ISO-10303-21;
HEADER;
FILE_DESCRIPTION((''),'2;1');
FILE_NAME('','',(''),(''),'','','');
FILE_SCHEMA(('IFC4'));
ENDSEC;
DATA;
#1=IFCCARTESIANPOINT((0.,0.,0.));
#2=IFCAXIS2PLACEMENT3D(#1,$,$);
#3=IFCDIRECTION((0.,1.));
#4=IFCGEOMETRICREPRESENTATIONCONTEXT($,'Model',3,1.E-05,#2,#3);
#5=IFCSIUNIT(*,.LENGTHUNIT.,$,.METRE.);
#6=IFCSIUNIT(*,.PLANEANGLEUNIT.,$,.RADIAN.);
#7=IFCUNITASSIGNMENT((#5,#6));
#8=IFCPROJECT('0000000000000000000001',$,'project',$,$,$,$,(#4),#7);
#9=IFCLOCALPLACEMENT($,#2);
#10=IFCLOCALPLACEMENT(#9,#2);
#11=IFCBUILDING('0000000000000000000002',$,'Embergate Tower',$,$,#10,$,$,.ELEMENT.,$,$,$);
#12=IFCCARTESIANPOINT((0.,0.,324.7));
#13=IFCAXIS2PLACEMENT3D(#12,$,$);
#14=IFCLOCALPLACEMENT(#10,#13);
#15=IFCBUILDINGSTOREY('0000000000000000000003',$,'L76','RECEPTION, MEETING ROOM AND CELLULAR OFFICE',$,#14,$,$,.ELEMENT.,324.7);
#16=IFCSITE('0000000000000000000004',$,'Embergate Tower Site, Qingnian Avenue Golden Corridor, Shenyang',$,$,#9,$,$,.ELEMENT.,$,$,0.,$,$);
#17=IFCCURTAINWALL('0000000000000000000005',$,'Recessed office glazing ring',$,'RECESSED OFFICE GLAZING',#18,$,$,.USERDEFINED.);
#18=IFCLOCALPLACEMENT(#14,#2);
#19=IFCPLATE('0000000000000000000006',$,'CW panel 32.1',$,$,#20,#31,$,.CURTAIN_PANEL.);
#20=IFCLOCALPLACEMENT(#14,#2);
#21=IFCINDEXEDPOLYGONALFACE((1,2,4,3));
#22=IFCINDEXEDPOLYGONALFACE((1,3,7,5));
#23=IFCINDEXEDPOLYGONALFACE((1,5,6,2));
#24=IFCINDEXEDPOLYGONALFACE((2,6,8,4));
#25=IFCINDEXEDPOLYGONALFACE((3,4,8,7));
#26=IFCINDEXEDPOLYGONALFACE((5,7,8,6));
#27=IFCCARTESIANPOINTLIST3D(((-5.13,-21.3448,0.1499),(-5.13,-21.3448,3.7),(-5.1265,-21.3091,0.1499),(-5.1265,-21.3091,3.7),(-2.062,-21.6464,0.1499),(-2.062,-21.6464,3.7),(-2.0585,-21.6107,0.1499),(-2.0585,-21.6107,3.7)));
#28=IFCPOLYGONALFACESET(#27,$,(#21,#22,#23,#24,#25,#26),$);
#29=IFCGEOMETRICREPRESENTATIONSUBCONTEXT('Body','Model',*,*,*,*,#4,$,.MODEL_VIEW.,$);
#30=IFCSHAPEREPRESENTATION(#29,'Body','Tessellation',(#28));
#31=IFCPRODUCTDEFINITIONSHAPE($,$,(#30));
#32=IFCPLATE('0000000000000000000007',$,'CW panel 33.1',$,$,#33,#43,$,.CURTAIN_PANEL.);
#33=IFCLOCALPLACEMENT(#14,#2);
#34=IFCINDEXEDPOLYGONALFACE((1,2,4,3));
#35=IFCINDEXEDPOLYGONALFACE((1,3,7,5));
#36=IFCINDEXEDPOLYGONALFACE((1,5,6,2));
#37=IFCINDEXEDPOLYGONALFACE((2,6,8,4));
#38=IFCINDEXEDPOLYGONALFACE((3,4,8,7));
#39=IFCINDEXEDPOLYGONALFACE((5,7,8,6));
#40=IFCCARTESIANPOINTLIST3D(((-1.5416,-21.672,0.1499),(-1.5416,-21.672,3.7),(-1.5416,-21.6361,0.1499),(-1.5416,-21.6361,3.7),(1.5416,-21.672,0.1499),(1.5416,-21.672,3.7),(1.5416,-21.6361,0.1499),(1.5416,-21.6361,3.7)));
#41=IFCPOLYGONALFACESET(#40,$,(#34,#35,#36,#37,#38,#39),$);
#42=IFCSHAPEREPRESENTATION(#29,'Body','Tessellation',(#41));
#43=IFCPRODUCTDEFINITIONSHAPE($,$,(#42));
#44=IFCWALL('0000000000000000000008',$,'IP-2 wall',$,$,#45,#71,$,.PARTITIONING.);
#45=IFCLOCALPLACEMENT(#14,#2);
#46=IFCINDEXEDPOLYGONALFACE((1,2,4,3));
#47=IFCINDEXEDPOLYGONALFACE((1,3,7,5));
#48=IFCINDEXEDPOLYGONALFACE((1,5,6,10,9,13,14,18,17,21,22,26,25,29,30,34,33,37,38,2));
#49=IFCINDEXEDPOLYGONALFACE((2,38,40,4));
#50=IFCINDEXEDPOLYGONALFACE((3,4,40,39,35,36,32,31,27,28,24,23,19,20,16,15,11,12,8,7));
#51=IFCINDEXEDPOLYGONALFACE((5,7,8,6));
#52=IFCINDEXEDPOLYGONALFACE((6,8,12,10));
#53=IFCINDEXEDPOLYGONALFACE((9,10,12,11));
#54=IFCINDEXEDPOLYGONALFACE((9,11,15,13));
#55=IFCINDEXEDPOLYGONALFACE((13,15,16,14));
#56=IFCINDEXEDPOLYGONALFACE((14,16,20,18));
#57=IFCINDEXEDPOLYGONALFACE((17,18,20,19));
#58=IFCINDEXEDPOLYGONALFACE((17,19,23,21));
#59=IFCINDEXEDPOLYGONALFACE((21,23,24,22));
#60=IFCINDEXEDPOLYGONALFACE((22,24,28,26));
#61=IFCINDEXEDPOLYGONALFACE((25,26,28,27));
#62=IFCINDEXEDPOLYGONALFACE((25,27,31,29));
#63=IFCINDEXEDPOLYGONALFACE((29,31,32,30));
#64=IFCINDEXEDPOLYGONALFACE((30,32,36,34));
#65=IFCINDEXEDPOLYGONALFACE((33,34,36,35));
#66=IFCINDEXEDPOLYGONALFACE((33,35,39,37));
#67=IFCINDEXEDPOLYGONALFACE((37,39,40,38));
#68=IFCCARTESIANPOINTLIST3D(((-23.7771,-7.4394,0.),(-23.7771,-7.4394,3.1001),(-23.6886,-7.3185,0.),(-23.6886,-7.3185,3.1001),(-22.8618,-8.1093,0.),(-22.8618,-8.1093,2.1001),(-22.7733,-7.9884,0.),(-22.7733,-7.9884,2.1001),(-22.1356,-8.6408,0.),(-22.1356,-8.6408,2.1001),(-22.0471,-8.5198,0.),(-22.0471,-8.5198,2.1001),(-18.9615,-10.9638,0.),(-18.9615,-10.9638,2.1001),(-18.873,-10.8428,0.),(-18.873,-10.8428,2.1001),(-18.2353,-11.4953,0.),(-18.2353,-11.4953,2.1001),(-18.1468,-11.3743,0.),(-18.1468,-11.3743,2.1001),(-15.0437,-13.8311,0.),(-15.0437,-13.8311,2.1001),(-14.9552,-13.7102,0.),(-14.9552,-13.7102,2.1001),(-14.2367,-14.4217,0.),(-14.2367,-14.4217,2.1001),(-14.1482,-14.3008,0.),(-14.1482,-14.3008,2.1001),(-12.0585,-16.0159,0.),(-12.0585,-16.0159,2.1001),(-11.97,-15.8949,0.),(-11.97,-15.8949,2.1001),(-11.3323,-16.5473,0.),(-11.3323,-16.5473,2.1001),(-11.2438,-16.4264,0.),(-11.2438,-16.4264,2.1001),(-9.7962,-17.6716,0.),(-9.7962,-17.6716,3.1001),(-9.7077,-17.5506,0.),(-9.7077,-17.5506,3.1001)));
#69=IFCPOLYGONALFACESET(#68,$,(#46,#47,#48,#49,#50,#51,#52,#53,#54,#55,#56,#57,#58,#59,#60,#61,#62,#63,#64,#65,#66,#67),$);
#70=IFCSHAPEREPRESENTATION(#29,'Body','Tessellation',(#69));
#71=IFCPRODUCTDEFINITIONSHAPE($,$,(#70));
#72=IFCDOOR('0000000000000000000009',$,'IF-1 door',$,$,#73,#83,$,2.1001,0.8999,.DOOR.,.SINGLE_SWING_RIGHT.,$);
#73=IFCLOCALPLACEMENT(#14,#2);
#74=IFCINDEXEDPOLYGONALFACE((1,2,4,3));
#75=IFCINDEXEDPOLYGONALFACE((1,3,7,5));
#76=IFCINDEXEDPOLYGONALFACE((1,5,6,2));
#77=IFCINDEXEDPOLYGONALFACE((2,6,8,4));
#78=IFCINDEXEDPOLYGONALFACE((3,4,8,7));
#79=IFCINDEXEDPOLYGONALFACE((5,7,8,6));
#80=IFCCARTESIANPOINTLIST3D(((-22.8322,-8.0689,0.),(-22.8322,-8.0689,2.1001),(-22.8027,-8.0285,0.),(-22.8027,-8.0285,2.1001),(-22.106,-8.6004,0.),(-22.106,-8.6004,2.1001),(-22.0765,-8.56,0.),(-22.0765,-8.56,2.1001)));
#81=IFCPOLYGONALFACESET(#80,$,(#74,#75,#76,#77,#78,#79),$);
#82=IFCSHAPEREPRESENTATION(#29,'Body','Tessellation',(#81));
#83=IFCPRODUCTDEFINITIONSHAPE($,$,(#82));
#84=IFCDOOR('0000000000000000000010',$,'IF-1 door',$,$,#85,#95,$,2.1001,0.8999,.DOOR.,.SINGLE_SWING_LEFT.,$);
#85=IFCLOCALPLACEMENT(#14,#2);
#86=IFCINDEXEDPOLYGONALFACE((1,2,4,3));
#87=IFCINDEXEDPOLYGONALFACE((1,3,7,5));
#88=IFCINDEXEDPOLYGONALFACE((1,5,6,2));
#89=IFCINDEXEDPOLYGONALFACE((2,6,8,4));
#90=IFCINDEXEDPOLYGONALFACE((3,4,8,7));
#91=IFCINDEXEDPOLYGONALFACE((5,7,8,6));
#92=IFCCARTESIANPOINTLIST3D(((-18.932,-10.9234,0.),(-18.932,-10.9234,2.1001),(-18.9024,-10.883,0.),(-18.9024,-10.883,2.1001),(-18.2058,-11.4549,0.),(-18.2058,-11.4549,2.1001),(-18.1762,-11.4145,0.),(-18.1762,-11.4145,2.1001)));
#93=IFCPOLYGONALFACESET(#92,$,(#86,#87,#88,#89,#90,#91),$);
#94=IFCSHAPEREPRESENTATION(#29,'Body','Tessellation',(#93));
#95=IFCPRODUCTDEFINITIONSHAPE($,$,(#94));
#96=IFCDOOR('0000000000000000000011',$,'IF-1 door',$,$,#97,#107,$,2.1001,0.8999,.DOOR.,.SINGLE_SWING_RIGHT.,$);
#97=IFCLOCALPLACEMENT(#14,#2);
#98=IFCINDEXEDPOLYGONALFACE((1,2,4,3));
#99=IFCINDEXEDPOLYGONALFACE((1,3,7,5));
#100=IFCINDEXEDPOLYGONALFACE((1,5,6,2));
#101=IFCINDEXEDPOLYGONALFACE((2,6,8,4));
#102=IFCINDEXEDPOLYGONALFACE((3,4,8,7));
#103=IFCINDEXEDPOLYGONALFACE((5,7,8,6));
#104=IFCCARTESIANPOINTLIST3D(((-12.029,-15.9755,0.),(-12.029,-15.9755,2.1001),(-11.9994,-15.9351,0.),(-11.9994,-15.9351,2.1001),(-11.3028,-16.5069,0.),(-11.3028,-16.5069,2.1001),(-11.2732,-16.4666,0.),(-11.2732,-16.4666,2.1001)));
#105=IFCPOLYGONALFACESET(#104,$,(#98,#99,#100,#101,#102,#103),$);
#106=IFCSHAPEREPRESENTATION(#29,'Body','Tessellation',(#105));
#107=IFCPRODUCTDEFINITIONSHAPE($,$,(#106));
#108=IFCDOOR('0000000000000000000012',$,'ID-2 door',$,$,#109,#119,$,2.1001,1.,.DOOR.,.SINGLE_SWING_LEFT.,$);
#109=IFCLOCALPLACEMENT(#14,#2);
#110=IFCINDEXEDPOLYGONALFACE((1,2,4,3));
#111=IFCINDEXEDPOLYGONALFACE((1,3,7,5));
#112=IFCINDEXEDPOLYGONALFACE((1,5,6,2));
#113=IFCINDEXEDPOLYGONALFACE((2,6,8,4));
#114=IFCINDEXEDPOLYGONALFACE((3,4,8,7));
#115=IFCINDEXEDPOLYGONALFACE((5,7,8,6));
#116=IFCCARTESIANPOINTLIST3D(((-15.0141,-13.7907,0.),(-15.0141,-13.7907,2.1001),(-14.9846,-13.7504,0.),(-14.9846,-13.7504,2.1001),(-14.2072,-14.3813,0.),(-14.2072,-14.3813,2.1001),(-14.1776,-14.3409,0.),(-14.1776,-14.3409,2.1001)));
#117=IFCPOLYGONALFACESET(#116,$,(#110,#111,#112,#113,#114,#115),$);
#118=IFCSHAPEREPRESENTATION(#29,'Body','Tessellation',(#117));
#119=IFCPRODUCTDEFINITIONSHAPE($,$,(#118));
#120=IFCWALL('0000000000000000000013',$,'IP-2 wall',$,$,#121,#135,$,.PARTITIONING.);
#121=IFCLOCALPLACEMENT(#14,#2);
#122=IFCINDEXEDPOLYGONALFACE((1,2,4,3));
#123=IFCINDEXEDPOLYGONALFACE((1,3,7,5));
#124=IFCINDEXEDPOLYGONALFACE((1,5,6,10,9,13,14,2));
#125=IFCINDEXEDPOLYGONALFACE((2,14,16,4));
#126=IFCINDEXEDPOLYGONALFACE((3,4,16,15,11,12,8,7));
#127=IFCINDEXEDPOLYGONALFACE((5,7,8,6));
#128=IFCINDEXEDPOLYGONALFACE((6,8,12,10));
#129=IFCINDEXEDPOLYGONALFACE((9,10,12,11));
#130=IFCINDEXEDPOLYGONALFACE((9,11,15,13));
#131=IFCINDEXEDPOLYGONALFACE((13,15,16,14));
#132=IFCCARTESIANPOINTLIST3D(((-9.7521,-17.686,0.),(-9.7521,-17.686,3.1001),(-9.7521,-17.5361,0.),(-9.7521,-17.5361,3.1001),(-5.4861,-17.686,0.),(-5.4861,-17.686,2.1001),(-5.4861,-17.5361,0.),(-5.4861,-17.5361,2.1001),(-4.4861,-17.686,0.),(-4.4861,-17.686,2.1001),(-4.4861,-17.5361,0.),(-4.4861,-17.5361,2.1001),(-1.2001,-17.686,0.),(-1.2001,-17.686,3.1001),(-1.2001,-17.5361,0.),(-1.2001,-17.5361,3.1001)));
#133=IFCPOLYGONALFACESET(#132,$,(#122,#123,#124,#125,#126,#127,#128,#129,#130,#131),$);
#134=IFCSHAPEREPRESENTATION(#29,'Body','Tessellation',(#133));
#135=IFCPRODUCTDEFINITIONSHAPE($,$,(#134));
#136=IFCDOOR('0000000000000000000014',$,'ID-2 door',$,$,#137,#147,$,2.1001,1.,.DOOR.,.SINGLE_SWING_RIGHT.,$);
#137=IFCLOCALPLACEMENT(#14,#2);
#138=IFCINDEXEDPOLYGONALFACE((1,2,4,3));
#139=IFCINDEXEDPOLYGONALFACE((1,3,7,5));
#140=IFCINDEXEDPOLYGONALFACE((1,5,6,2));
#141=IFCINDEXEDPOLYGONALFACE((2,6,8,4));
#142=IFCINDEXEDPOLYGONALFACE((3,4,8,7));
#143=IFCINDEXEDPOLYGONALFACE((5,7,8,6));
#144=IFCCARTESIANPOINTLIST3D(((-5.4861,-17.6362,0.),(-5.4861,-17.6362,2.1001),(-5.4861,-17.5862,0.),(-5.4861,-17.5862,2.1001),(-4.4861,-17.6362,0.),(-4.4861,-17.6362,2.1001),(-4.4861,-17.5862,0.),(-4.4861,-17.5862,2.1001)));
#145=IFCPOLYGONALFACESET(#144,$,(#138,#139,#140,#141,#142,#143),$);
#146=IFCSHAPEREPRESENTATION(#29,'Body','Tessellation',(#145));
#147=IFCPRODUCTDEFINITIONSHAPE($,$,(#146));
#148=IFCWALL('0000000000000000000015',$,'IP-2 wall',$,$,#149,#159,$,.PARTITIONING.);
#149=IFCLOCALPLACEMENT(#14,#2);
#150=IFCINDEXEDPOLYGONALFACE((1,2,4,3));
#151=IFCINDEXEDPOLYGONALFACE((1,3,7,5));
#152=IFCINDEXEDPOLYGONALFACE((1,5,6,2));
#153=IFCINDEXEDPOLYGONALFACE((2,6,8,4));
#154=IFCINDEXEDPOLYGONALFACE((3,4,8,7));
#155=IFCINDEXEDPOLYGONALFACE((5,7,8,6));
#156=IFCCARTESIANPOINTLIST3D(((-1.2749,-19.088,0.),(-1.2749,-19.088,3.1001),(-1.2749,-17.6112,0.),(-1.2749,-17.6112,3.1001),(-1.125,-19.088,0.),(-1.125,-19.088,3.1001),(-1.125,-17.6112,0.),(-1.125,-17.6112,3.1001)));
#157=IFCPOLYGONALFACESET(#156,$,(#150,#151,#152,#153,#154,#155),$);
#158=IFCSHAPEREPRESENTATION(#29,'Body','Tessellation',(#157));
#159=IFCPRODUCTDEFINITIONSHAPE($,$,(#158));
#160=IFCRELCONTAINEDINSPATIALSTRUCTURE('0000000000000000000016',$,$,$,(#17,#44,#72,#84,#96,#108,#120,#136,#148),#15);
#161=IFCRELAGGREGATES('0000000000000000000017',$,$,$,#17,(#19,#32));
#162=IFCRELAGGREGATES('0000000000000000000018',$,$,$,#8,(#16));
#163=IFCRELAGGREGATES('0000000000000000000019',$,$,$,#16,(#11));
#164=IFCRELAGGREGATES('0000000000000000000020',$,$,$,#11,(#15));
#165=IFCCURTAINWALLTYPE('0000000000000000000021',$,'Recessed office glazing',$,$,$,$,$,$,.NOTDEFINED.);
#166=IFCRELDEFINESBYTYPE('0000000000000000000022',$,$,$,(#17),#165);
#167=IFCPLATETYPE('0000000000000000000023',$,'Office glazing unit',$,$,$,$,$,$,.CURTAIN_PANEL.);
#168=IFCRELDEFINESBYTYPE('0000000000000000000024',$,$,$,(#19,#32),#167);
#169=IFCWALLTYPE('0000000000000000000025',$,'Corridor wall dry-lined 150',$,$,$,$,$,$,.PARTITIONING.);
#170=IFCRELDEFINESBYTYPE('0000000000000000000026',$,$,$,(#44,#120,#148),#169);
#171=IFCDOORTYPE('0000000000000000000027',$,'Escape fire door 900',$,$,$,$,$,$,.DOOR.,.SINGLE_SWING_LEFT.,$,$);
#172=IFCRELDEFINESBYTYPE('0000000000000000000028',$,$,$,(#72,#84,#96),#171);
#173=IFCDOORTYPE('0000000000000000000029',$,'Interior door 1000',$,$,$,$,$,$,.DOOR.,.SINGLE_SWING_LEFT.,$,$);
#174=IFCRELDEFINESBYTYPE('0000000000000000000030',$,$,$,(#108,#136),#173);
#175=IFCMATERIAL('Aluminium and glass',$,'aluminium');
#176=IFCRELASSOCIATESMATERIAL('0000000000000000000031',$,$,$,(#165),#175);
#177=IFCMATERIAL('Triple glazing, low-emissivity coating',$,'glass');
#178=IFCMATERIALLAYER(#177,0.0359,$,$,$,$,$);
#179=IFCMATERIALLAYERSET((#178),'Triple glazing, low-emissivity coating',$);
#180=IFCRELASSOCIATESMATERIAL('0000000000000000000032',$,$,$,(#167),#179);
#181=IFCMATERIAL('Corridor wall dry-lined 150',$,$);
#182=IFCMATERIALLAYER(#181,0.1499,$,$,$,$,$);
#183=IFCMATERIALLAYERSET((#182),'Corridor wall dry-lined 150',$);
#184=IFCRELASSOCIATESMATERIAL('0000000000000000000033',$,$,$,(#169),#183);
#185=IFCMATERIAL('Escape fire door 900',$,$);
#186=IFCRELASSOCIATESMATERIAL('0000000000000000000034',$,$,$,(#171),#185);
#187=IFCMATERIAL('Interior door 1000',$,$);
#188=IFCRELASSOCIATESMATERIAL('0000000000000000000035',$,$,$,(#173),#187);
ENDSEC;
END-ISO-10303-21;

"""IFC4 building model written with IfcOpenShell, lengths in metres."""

from ifc_helpers import new_model, si_unit, direction, frame, frame_2d, origin, origin_2d, place, context, subcontext, project, spatial, rectangle, extrude, source, transform, mapped, material, layer, layer_set, type_object, element, fill, aggregate, save


model = new_model("IFC4")

# Units and contexts
model_context = context("Model", 3, precision=1e-05, world=origin(), true_north=direction((0.0, 1.0)))
body_context = subcontext(model_context, "Body", "Model", "MODEL_VIEW")
ifc_project = project(units=[si_unit("LENGTHUNIT", "METRE"), si_unit("PLANEANGLEUNIT", "RADIAN")], contexts=[model_context])

# Site, building, storey
site_placement = place(None, origin())
site = spatial("IfcSite", under=ifc_project, at=site_placement, Name="Embergate Tower Site, Qingnian Avenue Golden Corridor, Shenyang", CompositionType="ELEMENT", RefElevation=0.0)
building_placement = place(site_placement, origin())
building = spatial("IfcBuilding", under=site, at=building_placement, Name="Embergate Tower", CompositionType="ELEMENT")
storey_placement = place(building_placement, frame((0.0, 0.0, 324.7)))
storey = spatial("IfcBuildingStorey", under=building, at=storey_placement, Name="L76", Description="RECEPTION, MEETING ROOM AND CELLULAR OFFICE", CompositionType="ELEMENT", Elevation=324.7)

# Curtain wall
ifc_material_1 = material(Name="Aluminium and glass", Category="aluminium")
curtain_wall_type = type_object("IfcCurtainWallType", Name="Recessed office glazing", PredefinedType="NOTDEFINED", material=ifc_material_1)
curtain_wall_placement = place(storey_placement, origin())
curtain_wall = element("IfcCurtainWall", 1, at=curtain_wall_placement, inside=storey, type_object=curtain_wall_type, Name="Recessed office glazing ring", ObjectType="RECESSED OFFICE GLAZING", PredefinedType="USERDEFINED")

# Plates
ifc_material_2 = material(Name="Triple glazing, low-emissivity coating", Category="glass")
ifc_layer_1 = layer(ifc_material_2, 0.0359)
ifc_layer_set_1 = layer_set([ifc_layer_1], Name="Triple glazing, low-emissivity coating")
plate_type = type_object("IfcPlateType", Name="Office glazing unit", PredefinedType="CURTAIN_PANEL", material=ifc_layer_set_1)
shared_shape_1 = source(origin(), body_context, "Body", "SweptSolid", [
    extrude(rectangle(XDim=3.0828, YDim=0.0359, at=origin_2d()), origin(), (0.0, 0.0, 1.0), 3.55),
])
plate_1_placement = place(storey_placement, frame((-3.5942, -21.4778, 0.1499), z_axis=(0.0, 0.0, 1.0), x_axis=(0.995203, -0.097831, 0.0)))
plate_1 = element("IfcPlate", 2, at=plate_1_placement, type_object=plate_type, Name="CW panel 32.1", PredefinedType="CURTAIN_PANEL", context=body_context, shape_type="MappedRepresentation", body=[
    mapped(shared_shape_1, transform((0.0, 0.0, 0.0))),
])
shared_shape_2 = source(origin(), body_context, "Body", "SweptSolid", [
    extrude(rectangle(XDim=3.0833, YDim=0.0359, at=origin_2d()), origin(), (0.0, 0.0, 1.0), 3.55),
])
plate_2_placement = place(storey_placement, frame((0.0, -21.6541, 0.1499), z_axis=(0.0, 0.0, 1.0), x_axis=(1.0, 0.0, 0.0)))
plate_2 = element("IfcPlate", 3, at=plate_2_placement, type_object=plate_type, Name="CW panel 33.1", PredefinedType="CURTAIN_PANEL", context=body_context, shape_type="MappedRepresentation", body=[
    mapped(shared_shape_2, transform((0.0, 0.0, 0.0))),
])
aggregate(curtain_wall, [plate_1, plate_2])

# Wall, openings, doors
ifc_material_3 = material(Name="Corridor wall dry-lined 150")
ifc_layer_2 = layer(ifc_material_3, 0.1499)
ifc_layer_set_2 = layer_set([ifc_layer_2], Name="Corridor wall dry-lined 150")
wall_type_1 = type_object("IfcWallType", Name="Corridor wall dry-lined 150", PredefinedType="PARTITIONING", material=ifc_layer_set_2)
shared_shape_3 = source(origin(), body_context, "Body", "SweptSolid", [
    extrude(rectangle(XDim=17.3252, YDim=0.1499, at=frame_2d((8.6626, 0.0))), origin(), (0.0, 0.0, 1.0), 3.1001),
])
wall_1_placement = place(storey_placement, frame((-9.752, -17.6111, 0.0), z_axis=(0.0, 0.0, 1.0), x_axis=(-0.80697, 0.590593, 0.0)))
wall_1 = element("IfcWall", 4, at=wall_1_placement, inside=storey, type_object=wall_type_1, Name="IP-2 wall", PredefinedType="PARTITIONING", context=body_context, shape_type="MappedRepresentation", body=[
    mapped(shared_shape_3, transform((0.0, 0.0, 0.0))),
])
shared_shape_4 = source(origin(), body_context, "Body", "SweptSolid", [
    extrude(rectangle(XDim=0.8999, YDim=2.1001, at=frame_2d((0.45, 1.05))), frame((0.0, 0.085, 0.0), z_axis=(0.0, -1.0, 0.0), x_axis=(1.0, 0.0, 0.0)), (0.0, 0.0, 1.0), 0.1699),
])
opening_1_placement = place(wall_1_placement, frame((15.291, 0.0, 0.0)))
opening_1 = element("IfcOpeningElement", 5, at=opening_1_placement, cuts=wall_1, PredefinedType="OPENING", context=body_context, shape_type="MappedRepresentation", body=[
    mapped(shared_shape_4, transform((0.0, 0.0, 0.0))),
])
opening_2_placement = place(wall_1_placement, frame((10.4578, 0.0, 0.0)))
opening_2 = element("IfcOpeningElement", 6, at=opening_2_placement, cuts=wall_1, PredefinedType="OPENING", context=body_context, shape_type="MappedRepresentation", body=[
    mapped(shared_shape_4, transform((0.0, 0.0, 0.0))),
])
shared_shape_5 = source(origin(), body_context, "Body", "SweptSolid", [
    extrude(rectangle(XDim=1.0, YDim=2.1001, at=frame_2d((0.5, 1.05))), frame((0.0, 0.085, 0.0), z_axis=(0.0, -1.0, 0.0), x_axis=(1.0, 0.0, 0.0)), (0.0, 0.0, 1.0), 0.1699),
])
opening_3_placement = place(wall_1_placement, frame((5.5027, 0.0, 0.0)))
opening_3 = element("IfcOpeningElement", 7, at=opening_3_placement, cuts=wall_1, PredefinedType="OPENING", context=body_context, shape_type="MappedRepresentation", body=[
    mapped(shared_shape_5, transform((0.0, 0.0, 0.0))),
])
opening_4_placement = place(wall_1_placement, frame((1.9036, 0.0, 0.0)))
opening_4 = element("IfcOpeningElement", 8, at=opening_4_placement, cuts=wall_1, PredefinedType="OPENING", context=body_context, shape_type="MappedRepresentation", body=[
    mapped(shared_shape_4, transform((0.0, 0.0, 0.0))),
])
ifc_material_4 = material(Name="Escape fire door 900")
door_type_1 = type_object("IfcDoorType", Name="Escape fire door 900", OperationType="SINGLE_SWING_LEFT", PredefinedType="DOOR", material=ifc_material_4)
shared_shape_6 = source(origin(), body_context, "Body", "SweptSolid", [
    extrude(rectangle(XDim=0.8999, YDim=2.1001, at=frame_2d((0.45, 1.05))), frame((0.0, 0.0249, 0.0), z_axis=(0.0, -1.0, 0.0), x_axis=(1.0, 0.0, 0.0)), (0.0, 0.0, 1.0), 0.05),
])
door_1_placement = place(opening_1_placement, origin())
door_1 = element("IfcDoor", 9, at=door_1_placement, inside=storey, type_object=door_type_1, Name="IF-1 door", OperationType="SINGLE_SWING_RIGHT", OverallHeight=2.1001, OverallWidth=0.8999, PredefinedType="DOOR", context=body_context, shape_type="MappedRepresentation", body=[
    mapped(shared_shape_6, transform((0.0, 0.0, 0.0))),
])
fill(opening_1, door_1)
door_2_placement = place(opening_2_placement, origin())
door_2 = element("IfcDoor", 10, at=door_2_placement, inside=storey, type_object=door_type_1, Name="IF-1 door", OperationType="SINGLE_SWING_LEFT", OverallHeight=2.1001, OverallWidth=0.8999, PredefinedType="DOOR", context=body_context, shape_type="MappedRepresentation", body=[
    mapped(shared_shape_6, transform((0.0, 0.0, 0.0))),
])
fill(opening_2, door_2)
door_3_placement = place(opening_4_placement, origin())
door_3 = element("IfcDoor", 11, at=door_3_placement, inside=storey, type_object=door_type_1, Name="IF-1 door", OperationType="SINGLE_SWING_RIGHT", OverallHeight=2.1001, OverallWidth=0.8999, PredefinedType="DOOR", context=body_context, shape_type="MappedRepresentation", body=[
    mapped(shared_shape_6, transform((0.0, 0.0, 0.0))),
])
fill(opening_4, door_3)
ifc_material_5 = material(Name="Interior door 1000")
door_type_2 = type_object("IfcDoorType", Name="Interior door 1000", OperationType="SINGLE_SWING_LEFT", PredefinedType="DOOR", material=ifc_material_5)
shared_shape_7 = source(origin(), body_context, "Body", "SweptSolid", [
    extrude(rectangle(XDim=1.0, YDim=2.1001, at=frame_2d((0.5, 1.05))), frame((0.0, 0.0249, 0.0), z_axis=(0.0, -1.0, 0.0), x_axis=(1.0, 0.0, 0.0)), (0.0, 0.0, 1.0), 0.05),
])
door_4_placement = place(opening_3_placement, origin())
door_4 = element("IfcDoor", 12, at=door_4_placement, inside=storey, type_object=door_type_2, Name="ID-2 door", OperationType="SINGLE_SWING_LEFT", OverallHeight=2.1001, OverallWidth=1.0, PredefinedType="DOOR", context=body_context, shape_type="MappedRepresentation", body=[
    mapped(shared_shape_7, transform((0.0, 0.0, 0.0))),
])
fill(opening_3, door_4)

# Wall, opening, door
shared_shape_8 = source(origin(), body_context, "Body", "SweptSolid", [
    extrude(rectangle(XDim=8.552, YDim=0.1499, at=frame_2d((4.2759, 0.0))), origin(), (0.0, 0.0, 1.0), 3.1001),
])
wall_2_placement = place(storey_placement, frame((-9.752, -17.6111, 0.0), z_axis=(0.0, 0.0, 1.0), x_axis=(1.0, 0.0, 0.0)))
wall_2 = element("IfcWall", 13, at=wall_2_placement, inside=storey, type_object=wall_type_1, Name="IP-2 wall", PredefinedType="PARTITIONING", context=body_context, shape_type="MappedRepresentation", body=[
    mapped(shared_shape_8, transform((0.0, 0.0, 0.0))),
])
opening_5_placement = place(wall_2_placement, frame((4.2659, 0.0, 0.0)))
opening_5 = element("IfcOpeningElement", 14, at=opening_5_placement, cuts=wall_2, PredefinedType="OPENING", context=body_context, shape_type="MappedRepresentation", body=[
    mapped(shared_shape_5, transform((0.0, 0.0, 0.0))),
])
door_5_placement = place(opening_5_placement, origin())
door_5 = element("IfcDoor", 15, at=door_5_placement, inside=storey, type_object=door_type_2, Name="ID-2 door", OperationType="SINGLE_SWING_RIGHT", OverallHeight=2.1001, OverallWidth=1.0, PredefinedType="DOOR", context=body_context, shape_type="MappedRepresentation", body=[
    mapped(shared_shape_7, transform((0.0, 0.0, 0.0))),
])
fill(opening_5, door_5)

# Wall
shared_shape_9 = source(origin(), body_context, "Body", "SweptSolid", [
    extrude(rectangle(XDim=1.4768, YDim=0.1499, at=frame_2d((0.7383, 0.0))), origin(), (0.0, 0.0, 1.0), 3.1001),
])
wall_3_placement = place(storey_placement, frame((-1.2, -19.0879, 0.0), z_axis=(0.0, 0.0, 1.0), x_axis=(0.0, 1.0, 0.0)))
element("IfcWall", 16, at=wall_3_placement, inside=storey, type_object=wall_type_1, Name="IP-2 wall", PredefinedType="PARTITIONING", context=body_context, shape_type="MappedRepresentation", body=[
    mapped(shared_shape_9, transform((0.0, 0.0, 0.0))),
])

save(model, "model.ifc")
